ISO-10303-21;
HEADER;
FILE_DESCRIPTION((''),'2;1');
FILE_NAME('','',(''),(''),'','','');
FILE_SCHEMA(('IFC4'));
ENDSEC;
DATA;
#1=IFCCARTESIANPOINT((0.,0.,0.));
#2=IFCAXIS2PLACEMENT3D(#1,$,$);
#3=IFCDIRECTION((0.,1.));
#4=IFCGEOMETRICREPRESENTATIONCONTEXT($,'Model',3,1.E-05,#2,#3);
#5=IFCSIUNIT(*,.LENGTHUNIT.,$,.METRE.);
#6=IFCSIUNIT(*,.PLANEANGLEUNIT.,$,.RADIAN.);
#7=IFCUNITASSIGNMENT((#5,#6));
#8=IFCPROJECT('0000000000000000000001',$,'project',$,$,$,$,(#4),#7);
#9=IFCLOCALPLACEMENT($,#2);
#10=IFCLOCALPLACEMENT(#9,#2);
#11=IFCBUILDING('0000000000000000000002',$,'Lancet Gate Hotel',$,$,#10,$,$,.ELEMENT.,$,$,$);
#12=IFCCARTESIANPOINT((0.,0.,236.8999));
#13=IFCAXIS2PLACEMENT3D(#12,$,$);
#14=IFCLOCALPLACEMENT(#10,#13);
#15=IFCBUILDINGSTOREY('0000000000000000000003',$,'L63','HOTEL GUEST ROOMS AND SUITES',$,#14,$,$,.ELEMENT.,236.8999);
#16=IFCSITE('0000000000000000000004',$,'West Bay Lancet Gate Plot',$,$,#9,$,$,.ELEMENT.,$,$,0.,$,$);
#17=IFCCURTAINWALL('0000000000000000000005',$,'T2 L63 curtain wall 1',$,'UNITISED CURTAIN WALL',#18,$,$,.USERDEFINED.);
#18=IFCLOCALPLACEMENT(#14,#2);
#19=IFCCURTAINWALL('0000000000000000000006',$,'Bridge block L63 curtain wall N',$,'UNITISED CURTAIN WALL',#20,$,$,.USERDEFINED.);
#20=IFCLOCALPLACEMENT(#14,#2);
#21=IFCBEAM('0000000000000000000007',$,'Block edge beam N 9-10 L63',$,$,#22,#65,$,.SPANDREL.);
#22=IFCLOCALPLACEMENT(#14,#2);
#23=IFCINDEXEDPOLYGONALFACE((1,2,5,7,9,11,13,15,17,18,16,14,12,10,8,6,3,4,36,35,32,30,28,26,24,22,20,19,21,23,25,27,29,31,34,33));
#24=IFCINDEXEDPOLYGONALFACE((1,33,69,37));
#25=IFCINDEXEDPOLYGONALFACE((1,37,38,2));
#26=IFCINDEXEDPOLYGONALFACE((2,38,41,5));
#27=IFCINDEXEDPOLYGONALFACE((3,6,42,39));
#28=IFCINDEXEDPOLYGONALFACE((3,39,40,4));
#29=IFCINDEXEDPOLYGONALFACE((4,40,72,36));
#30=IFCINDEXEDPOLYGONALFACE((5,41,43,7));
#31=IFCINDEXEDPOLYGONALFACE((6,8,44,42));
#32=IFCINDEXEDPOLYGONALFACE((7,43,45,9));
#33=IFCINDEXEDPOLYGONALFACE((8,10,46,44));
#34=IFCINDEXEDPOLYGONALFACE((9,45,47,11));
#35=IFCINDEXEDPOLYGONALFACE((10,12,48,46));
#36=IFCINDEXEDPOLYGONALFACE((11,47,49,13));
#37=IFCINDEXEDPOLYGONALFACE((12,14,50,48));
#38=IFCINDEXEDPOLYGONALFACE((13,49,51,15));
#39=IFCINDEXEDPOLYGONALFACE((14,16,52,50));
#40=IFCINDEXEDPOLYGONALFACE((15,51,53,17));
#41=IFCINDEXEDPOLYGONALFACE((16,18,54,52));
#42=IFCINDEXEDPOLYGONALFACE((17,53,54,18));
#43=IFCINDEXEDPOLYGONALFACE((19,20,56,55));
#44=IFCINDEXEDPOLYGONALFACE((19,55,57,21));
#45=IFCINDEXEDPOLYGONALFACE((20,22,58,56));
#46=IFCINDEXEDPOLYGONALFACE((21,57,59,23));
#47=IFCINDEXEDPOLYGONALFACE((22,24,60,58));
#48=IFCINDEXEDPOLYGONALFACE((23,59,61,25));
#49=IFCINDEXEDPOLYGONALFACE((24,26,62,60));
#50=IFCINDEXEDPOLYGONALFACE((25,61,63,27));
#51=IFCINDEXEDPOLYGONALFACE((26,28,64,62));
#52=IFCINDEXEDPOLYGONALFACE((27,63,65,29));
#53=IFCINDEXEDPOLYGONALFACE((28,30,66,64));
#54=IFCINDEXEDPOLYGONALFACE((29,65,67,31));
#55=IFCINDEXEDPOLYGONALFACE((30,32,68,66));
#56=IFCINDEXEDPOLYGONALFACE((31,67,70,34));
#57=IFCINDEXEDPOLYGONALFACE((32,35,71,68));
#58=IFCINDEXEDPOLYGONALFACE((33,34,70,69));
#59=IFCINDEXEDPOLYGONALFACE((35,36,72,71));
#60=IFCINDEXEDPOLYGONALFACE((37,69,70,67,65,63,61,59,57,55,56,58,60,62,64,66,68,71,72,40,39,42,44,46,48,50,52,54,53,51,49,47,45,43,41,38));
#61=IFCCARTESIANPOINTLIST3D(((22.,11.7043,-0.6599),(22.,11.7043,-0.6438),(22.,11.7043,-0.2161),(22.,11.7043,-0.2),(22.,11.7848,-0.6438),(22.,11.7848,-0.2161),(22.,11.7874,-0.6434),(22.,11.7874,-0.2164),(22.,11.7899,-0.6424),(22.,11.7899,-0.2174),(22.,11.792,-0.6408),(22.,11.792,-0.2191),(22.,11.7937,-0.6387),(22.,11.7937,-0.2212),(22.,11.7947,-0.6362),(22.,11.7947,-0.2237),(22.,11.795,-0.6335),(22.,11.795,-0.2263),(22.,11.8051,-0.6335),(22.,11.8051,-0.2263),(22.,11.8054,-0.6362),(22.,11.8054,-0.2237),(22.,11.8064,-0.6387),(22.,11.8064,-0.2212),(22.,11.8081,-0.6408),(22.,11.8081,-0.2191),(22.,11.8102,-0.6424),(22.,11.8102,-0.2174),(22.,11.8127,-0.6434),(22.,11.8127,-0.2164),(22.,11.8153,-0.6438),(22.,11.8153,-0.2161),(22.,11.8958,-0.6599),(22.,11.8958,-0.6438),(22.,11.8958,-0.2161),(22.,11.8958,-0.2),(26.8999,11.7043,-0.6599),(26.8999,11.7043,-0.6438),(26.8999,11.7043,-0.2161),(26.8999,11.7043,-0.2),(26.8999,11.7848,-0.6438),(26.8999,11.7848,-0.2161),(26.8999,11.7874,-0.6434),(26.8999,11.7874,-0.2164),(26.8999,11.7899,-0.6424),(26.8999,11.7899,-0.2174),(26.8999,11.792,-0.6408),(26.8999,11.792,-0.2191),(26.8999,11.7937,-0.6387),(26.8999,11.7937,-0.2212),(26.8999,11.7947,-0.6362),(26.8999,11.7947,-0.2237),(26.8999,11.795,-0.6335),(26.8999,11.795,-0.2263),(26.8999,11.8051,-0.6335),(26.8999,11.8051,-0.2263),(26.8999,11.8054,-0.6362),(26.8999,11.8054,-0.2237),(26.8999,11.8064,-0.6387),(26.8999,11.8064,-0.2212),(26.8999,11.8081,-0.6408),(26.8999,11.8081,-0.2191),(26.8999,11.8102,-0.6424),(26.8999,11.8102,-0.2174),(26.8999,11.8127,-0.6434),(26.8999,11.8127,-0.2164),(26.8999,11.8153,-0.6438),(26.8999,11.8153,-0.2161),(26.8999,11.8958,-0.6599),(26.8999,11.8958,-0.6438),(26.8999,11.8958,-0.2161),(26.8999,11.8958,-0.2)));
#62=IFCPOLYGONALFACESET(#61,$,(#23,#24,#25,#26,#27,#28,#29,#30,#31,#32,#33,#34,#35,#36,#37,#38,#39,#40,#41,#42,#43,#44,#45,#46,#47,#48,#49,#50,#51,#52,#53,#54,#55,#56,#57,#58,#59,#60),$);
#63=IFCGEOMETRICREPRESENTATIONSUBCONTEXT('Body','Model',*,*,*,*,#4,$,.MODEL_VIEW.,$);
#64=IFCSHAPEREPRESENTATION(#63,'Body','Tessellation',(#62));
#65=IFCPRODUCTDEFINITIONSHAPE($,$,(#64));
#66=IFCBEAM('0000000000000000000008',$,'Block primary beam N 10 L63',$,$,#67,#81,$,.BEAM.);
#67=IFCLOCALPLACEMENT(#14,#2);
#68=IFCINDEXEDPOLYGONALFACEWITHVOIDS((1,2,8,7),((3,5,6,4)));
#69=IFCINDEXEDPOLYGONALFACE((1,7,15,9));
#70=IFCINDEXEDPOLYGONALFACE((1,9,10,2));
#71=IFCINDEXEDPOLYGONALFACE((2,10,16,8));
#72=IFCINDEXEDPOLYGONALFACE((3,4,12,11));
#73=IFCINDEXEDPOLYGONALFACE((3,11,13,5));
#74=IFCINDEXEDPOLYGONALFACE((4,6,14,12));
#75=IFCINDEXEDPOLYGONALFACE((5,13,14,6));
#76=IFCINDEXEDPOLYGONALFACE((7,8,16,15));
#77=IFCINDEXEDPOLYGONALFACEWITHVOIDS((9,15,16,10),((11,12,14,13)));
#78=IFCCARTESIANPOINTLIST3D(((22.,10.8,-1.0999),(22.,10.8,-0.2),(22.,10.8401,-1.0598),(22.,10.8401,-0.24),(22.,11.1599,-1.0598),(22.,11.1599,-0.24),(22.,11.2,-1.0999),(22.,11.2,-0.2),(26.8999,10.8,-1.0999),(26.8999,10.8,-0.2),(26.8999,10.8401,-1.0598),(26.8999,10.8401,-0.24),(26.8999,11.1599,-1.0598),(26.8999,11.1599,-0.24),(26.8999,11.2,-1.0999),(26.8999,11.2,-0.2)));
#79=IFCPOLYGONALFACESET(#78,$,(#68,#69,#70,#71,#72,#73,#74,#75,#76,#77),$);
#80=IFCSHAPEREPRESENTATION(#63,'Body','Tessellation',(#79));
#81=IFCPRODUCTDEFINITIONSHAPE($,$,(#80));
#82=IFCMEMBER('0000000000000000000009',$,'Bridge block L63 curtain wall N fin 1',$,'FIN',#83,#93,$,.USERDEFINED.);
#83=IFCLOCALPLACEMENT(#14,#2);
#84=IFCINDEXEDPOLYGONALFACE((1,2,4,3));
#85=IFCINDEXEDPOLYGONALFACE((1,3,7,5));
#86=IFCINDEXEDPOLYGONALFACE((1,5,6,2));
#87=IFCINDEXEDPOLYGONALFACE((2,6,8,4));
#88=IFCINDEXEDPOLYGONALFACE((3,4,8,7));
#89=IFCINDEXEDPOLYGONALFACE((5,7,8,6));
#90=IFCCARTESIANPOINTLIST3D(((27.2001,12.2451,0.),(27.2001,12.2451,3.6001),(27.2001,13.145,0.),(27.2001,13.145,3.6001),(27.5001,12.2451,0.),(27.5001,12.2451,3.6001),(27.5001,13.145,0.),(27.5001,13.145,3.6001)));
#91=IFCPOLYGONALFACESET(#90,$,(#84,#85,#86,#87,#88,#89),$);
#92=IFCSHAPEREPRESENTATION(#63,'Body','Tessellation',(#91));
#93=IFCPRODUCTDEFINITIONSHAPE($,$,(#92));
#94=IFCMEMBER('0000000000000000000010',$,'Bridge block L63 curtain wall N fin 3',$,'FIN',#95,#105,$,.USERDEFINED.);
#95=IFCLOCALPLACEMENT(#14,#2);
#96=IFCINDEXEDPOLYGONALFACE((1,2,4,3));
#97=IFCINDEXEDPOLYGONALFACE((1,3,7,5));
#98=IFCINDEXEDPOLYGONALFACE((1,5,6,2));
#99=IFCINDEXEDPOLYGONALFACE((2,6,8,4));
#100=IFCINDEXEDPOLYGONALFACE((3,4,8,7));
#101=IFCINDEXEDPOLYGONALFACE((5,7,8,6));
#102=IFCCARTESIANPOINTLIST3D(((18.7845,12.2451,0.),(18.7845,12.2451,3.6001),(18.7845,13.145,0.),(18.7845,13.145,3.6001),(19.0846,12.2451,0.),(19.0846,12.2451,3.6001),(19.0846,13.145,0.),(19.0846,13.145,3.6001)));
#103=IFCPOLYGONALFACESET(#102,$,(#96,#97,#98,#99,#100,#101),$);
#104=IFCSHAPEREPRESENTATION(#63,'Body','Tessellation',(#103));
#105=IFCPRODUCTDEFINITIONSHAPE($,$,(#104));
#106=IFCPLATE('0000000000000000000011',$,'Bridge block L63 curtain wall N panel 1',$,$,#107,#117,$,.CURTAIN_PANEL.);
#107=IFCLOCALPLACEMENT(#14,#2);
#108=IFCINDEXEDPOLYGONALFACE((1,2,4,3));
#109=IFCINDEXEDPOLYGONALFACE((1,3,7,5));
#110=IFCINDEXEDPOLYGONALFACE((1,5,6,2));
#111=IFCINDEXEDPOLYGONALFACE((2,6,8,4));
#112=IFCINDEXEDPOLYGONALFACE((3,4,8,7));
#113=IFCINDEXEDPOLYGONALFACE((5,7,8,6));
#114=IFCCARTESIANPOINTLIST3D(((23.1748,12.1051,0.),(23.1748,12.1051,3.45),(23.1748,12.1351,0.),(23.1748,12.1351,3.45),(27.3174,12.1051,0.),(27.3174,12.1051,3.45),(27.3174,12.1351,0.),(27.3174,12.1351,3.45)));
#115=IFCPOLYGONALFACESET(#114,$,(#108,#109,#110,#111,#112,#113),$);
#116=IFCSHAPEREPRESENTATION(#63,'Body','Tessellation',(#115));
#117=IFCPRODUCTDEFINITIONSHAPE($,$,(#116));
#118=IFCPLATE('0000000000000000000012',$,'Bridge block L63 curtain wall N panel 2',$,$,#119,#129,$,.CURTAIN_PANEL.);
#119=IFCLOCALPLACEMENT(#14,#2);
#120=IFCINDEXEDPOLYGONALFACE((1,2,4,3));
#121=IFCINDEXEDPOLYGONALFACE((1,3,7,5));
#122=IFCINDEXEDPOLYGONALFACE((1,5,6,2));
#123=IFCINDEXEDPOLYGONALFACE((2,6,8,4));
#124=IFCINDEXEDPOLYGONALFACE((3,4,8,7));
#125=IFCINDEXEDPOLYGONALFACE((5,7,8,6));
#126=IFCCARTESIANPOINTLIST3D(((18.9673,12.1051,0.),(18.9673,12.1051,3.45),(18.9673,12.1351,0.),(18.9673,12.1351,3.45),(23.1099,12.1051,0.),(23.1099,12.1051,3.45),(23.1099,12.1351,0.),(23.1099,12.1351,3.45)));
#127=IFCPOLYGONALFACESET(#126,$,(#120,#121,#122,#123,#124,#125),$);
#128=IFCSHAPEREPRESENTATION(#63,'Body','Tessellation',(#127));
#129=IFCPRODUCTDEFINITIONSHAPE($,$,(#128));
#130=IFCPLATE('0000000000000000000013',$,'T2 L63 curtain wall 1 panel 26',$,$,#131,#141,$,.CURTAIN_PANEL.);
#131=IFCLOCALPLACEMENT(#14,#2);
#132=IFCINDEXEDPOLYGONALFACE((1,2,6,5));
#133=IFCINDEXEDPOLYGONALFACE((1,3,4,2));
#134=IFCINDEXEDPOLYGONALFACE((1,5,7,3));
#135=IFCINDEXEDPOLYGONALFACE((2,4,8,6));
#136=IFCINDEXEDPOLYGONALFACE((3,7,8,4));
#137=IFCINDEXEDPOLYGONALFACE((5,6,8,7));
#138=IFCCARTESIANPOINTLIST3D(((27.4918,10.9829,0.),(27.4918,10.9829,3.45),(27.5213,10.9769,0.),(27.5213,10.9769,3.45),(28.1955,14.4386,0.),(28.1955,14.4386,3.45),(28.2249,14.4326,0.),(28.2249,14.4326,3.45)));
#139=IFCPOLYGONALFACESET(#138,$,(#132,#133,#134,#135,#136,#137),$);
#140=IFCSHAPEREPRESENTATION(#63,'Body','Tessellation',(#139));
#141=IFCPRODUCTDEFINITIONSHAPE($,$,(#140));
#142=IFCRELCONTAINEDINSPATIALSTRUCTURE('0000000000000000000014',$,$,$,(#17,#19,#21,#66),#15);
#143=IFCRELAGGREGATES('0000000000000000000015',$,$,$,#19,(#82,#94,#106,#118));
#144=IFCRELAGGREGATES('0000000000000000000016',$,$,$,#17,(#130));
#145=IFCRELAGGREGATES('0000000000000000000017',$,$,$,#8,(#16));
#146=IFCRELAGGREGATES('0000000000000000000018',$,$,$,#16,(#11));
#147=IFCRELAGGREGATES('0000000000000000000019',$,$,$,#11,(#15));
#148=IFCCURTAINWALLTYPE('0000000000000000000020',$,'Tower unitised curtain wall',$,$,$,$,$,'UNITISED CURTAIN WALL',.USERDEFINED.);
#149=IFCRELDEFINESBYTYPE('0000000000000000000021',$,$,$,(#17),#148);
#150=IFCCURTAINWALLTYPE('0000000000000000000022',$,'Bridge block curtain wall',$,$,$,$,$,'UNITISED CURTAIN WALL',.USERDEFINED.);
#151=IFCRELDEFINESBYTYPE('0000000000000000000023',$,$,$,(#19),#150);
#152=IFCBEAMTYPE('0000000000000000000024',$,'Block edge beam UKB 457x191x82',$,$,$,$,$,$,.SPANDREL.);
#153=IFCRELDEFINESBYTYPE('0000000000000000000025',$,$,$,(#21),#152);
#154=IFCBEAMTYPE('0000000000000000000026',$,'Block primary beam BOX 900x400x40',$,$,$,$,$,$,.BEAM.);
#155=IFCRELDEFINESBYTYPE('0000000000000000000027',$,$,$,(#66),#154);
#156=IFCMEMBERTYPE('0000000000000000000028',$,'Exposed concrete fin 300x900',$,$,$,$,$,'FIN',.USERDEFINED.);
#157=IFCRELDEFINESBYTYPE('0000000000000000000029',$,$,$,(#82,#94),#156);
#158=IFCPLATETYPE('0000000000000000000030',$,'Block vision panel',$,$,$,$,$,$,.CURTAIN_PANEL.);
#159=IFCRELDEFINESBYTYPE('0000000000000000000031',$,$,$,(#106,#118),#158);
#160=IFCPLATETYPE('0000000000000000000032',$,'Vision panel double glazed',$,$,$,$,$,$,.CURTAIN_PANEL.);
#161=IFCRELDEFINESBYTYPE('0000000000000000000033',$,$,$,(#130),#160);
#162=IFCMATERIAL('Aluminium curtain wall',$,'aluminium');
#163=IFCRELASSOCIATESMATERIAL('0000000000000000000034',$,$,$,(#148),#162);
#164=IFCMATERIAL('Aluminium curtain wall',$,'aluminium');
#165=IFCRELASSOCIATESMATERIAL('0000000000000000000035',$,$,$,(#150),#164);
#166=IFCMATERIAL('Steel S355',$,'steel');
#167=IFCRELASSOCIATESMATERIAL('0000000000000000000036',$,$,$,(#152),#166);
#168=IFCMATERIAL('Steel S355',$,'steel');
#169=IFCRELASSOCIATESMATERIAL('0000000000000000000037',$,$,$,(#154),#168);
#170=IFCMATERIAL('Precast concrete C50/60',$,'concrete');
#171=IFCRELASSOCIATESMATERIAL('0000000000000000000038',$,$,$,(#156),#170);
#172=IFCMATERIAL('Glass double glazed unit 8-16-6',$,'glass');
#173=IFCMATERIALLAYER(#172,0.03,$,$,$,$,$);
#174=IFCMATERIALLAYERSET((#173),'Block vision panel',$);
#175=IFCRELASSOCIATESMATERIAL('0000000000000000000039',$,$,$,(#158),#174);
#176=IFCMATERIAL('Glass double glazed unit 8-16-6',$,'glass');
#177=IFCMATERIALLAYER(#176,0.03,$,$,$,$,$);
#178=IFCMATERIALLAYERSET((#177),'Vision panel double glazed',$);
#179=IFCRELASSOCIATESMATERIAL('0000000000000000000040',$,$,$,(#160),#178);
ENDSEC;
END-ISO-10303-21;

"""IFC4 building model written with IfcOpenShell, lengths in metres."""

from ifc_helpers import new_model, si_unit, direction, frame, origin, origin_2d, place, context, subcontext, project, spatial, rectangle, hollow_rectangle, i_section, extrude, material, layer, layer_set, material_profile, profile_set, type_object, element, aggregate, save


model = new_model("IFC4")

# Units and contexts
model_context = context("Model", 3, precision=1e-05, world=origin(), true_north=direction((0.0, 1.0)))
body_context = subcontext(model_context, "Body", "Model", "MODEL_VIEW")
ifc_project = project(units=[si_unit("LENGTHUNIT", "METRE"), si_unit("PLANEANGLEUNIT", "RADIAN")], contexts=[model_context])

# Site, building, storey
site_placement = place(None, origin())
site = spatial("IfcSite", under=ifc_project, at=site_placement, Name="West Bay Lancet Gate Plot", CompositionType="ELEMENT", RefElevation=0.0)
building_placement = place(site_placement, origin())
building = spatial("IfcBuilding", under=site, at=building_placement, Name="Lancet Gate Hotel", CompositionType="ELEMENT")
storey_placement = place(building_placement, frame((0.0, 0.0, 236.8999)))
storey = spatial("IfcBuildingStorey", under=building, at=storey_placement, Name="L63", Description="HOTEL GUEST ROOMS AND SUITES", CompositionType="ELEMENT", Elevation=236.8999)

# Curtain walls
ifc_material_1 = material(Name="Aluminium curtain wall", Category="aluminium")
curtain_wall_type_1 = type_object("IfcCurtainWallType", Name="Tower unitised curtain wall", ElementType="UNITISED CURTAIN WALL", PredefinedType="USERDEFINED", material=ifc_material_1)
curtain_wall_1_placement = place(storey_placement, origin())
curtain_wall_1 = element("IfcCurtainWall", 1, at=curtain_wall_1_placement, inside=storey, type_object=curtain_wall_type_1, Name="T2 L63 curtain wall 1", ObjectType="UNITISED CURTAIN WALL", PredefinedType="USERDEFINED")
ifc_material_2 = material(Name="Aluminium curtain wall", Category="aluminium")
curtain_wall_type_2 = type_object("IfcCurtainWallType", Name="Bridge block curtain wall", ElementType="UNITISED CURTAIN WALL", PredefinedType="USERDEFINED", material=ifc_material_2)
curtain_wall_2_placement = place(storey_placement, origin())
curtain_wall_2 = element("IfcCurtainWall", 2, at=curtain_wall_2_placement, inside=storey, type_object=curtain_wall_type_2, Name="Bridge block L63 curtain wall N", ObjectType="UNITISED CURTAIN WALL", PredefinedType="USERDEFINED")

# Beams
ifc_material_3 = material(Name="Steel S355", Category="steel")
ifc_material_profile_1 = material_profile(ifc_material_3, i_section(OverallWidth=0.1914, OverallDepth=0.46, WebThickness=0.01, FlangeThickness=0.0161, FilletRadius=0.0103, at=origin_2d()), Name="UKB 457x191x82")
ifc_profile_set_1 = profile_set([ifc_material_profile_1], Name="Steel S355")
beam_type_1 = type_object("IfcBeamType", Name="Block edge beam UKB 457x191x82", PredefinedType="SPANDREL", material=ifc_profile_set_1)
beam_1_placement = place(storey_placement, frame((22.0, 11.8, -0.4299), z_axis=(1.0, 0.0, 0.0), x_axis=(0.0, 1.0, 0.0)))
element("IfcBeam", 3, at=beam_1_placement, inside=storey, type_object=beam_type_1, Name="Block edge beam N 9-10 L63", PredefinedType="SPANDREL", context=body_context, shape_type="SweptSolid", body=[
    extrude(i_section(OverallWidth=0.1914, OverallDepth=0.46, WebThickness=0.01, FlangeThickness=0.0161, FilletRadius=0.0103, at=origin_2d()), origin(), (0.0, 0.0, 1.0), 4.8999),
])
ifc_material_4 = material(Name="Steel S355", Category="steel")
ifc_material_profile_2 = material_profile(ifc_material_4, hollow_rectangle(XDim=0.3999, YDim=0.8999, WallThickness=0.04, at=origin_2d()), Name="BOX 900x400x40")
ifc_profile_set_2 = profile_set([ifc_material_profile_2], Name="Steel S355")
beam_type_2 = type_object("IfcBeamType", Name="Block primary beam BOX 900x400x40", PredefinedType="BEAM", material=ifc_profile_set_2)
beam_2_placement = place(storey_placement, frame((22.0, 11.0, -0.6499), z_axis=(1.0, 0.0, 0.0), x_axis=(0.0, 1.0, 0.0)))
element("IfcBeam", 4, at=beam_2_placement, inside=storey, type_object=beam_type_2, Name="Block primary beam N 10 L63", PredefinedType="BEAM", context=body_context, shape_type="SweptSolid", body=[
    extrude(hollow_rectangle(XDim=0.3999, YDim=0.8999, WallThickness=0.04, at=origin_2d()), origin(), (0.0, 0.0, 1.0), 4.8999),
])

# Members
ifc_material_5 = material(Name="Precast concrete C50/60", Category="concrete")
ifc_material_profile_3 = material_profile(ifc_material_5, rectangle(XDim=0.3, YDim=0.8999, at=origin_2d()), Name="FIN 300x900")
ifc_profile_set_3 = profile_set([ifc_material_profile_3], Name="Precast concrete C50/60")
member_type_1 = type_object("IfcMemberType", Name="Exposed concrete fin 300x900", ElementType="FIN", PredefinedType="USERDEFINED", material=ifc_profile_set_3)
member_1_placement = place(storey_placement, frame((27.3501, 12.6951, 0.0), z_axis=(0.0, 0.0, 1.0), x_axis=(-1.0, 0.0, 0.0)))
member_1 = element("IfcMember", 5, at=member_1_placement, type_object=member_type_1, Name="Bridge block L63 curtain wall N fin 1", ObjectType="FIN", PredefinedType="USERDEFINED", context=body_context, shape_type="SweptSolid", body=[
    extrude(rectangle(XDim=0.3, YDim=0.8999, at=origin_2d()), origin(), (0.0, 0.0, 1.0), 3.6001),
])
member_2_placement = place(storey_placement, frame((18.9346, 12.6951, 0.0), z_axis=(0.0, 0.0, 1.0), x_axis=(-1.0, 0.0, 0.0)))
member_2 = element("IfcMember", 6, at=member_2_placement, type_object=member_type_1, Name="Bridge block L63 curtain wall N fin 3", ObjectType="FIN", PredefinedType="USERDEFINED", context=body_context, shape_type="SweptSolid", body=[
    extrude(rectangle(XDim=0.3, YDim=0.8999, at=origin_2d()), origin(), (0.0, 0.0, 1.0), 3.6001),
])

# Plates
ifc_material_6 = material(Name="Glass double glazed unit 8-16-6", Category="glass")
ifc_layer_1 = layer(ifc_material_6, 0.03)
ifc_layer_set_1 = layer_set([ifc_layer_1], Name="Block vision panel")
plate_type_1 = type_object("IfcPlateType", Name="Block vision panel", PredefinedType="CURTAIN_PANEL", material=ifc_layer_set_1)
plate_1_placement = place(storey_placement, frame((25.2461, 12.1201, 0.0), z_axis=(0.0, 0.0, 1.0), x_axis=(-1.0, 0.0, 0.0)))
plate_1 = element("IfcPlate", 7, at=plate_1_placement, type_object=plate_type_1, Name="Bridge block L63 curtain wall N panel 1", PredefinedType="CURTAIN_PANEL", context=body_context, shape_type="SweptSolid", body=[
    extrude(rectangle(XDim=4.1426, YDim=0.03, at=origin_2d()), origin(), (0.0, 0.0, 1.0), 3.45),
])
plate_2_placement = place(storey_placement, frame((21.0386, 12.1201, 0.0), z_axis=(0.0, 0.0, 1.0), x_axis=(-1.0, 0.0, 0.0)))
plate_2 = element("IfcPlate", 8, at=plate_2_placement, type_object=plate_type_1, Name="Bridge block L63 curtain wall N panel 2", PredefinedType="CURTAIN_PANEL", context=body_context, shape_type="SweptSolid", body=[
    extrude(rectangle(XDim=4.1426, YDim=0.03, at=origin_2d()), origin(), (0.0, 0.0, 1.0), 3.45),
])
aggregate(curtain_wall_2, [member_1, member_2, plate_1, plate_2])
ifc_material_7 = material(Name="Glass double glazed unit 8-16-6", Category="glass")
ifc_layer_2 = layer(ifc_material_7, 0.03)
ifc_layer_set_2 = layer_set([ifc_layer_2], Name="Vision panel double glazed")
plate_type_2 = type_object("IfcPlateType", Name="Vision panel double glazed", PredefinedType="CURTAIN_PANEL", material=ifc_layer_set_2)
plate_3_placement = place(storey_placement, frame((27.8584, 12.7078, 0.0), z_axis=(0.0, 0.0, 1.0), x_axis=(-0.199533, -0.979891, 0.0)))
plate_3 = element("IfcPlate", 9, at=plate_3_placement, type_object=plate_type_2, Name="T2 L63 curtain wall 1 panel 26", PredefinedType="CURTAIN_PANEL", context=body_context, shape_type="SweptSolid", body=[
    extrude(rectangle(XDim=3.5266, YDim=0.03, at=origin_2d()), origin(), (0.0, 0.0, 1.0), 3.45),
])
aggregate(curtain_wall_1, [plate_3])

save(model, "model.ifc")
